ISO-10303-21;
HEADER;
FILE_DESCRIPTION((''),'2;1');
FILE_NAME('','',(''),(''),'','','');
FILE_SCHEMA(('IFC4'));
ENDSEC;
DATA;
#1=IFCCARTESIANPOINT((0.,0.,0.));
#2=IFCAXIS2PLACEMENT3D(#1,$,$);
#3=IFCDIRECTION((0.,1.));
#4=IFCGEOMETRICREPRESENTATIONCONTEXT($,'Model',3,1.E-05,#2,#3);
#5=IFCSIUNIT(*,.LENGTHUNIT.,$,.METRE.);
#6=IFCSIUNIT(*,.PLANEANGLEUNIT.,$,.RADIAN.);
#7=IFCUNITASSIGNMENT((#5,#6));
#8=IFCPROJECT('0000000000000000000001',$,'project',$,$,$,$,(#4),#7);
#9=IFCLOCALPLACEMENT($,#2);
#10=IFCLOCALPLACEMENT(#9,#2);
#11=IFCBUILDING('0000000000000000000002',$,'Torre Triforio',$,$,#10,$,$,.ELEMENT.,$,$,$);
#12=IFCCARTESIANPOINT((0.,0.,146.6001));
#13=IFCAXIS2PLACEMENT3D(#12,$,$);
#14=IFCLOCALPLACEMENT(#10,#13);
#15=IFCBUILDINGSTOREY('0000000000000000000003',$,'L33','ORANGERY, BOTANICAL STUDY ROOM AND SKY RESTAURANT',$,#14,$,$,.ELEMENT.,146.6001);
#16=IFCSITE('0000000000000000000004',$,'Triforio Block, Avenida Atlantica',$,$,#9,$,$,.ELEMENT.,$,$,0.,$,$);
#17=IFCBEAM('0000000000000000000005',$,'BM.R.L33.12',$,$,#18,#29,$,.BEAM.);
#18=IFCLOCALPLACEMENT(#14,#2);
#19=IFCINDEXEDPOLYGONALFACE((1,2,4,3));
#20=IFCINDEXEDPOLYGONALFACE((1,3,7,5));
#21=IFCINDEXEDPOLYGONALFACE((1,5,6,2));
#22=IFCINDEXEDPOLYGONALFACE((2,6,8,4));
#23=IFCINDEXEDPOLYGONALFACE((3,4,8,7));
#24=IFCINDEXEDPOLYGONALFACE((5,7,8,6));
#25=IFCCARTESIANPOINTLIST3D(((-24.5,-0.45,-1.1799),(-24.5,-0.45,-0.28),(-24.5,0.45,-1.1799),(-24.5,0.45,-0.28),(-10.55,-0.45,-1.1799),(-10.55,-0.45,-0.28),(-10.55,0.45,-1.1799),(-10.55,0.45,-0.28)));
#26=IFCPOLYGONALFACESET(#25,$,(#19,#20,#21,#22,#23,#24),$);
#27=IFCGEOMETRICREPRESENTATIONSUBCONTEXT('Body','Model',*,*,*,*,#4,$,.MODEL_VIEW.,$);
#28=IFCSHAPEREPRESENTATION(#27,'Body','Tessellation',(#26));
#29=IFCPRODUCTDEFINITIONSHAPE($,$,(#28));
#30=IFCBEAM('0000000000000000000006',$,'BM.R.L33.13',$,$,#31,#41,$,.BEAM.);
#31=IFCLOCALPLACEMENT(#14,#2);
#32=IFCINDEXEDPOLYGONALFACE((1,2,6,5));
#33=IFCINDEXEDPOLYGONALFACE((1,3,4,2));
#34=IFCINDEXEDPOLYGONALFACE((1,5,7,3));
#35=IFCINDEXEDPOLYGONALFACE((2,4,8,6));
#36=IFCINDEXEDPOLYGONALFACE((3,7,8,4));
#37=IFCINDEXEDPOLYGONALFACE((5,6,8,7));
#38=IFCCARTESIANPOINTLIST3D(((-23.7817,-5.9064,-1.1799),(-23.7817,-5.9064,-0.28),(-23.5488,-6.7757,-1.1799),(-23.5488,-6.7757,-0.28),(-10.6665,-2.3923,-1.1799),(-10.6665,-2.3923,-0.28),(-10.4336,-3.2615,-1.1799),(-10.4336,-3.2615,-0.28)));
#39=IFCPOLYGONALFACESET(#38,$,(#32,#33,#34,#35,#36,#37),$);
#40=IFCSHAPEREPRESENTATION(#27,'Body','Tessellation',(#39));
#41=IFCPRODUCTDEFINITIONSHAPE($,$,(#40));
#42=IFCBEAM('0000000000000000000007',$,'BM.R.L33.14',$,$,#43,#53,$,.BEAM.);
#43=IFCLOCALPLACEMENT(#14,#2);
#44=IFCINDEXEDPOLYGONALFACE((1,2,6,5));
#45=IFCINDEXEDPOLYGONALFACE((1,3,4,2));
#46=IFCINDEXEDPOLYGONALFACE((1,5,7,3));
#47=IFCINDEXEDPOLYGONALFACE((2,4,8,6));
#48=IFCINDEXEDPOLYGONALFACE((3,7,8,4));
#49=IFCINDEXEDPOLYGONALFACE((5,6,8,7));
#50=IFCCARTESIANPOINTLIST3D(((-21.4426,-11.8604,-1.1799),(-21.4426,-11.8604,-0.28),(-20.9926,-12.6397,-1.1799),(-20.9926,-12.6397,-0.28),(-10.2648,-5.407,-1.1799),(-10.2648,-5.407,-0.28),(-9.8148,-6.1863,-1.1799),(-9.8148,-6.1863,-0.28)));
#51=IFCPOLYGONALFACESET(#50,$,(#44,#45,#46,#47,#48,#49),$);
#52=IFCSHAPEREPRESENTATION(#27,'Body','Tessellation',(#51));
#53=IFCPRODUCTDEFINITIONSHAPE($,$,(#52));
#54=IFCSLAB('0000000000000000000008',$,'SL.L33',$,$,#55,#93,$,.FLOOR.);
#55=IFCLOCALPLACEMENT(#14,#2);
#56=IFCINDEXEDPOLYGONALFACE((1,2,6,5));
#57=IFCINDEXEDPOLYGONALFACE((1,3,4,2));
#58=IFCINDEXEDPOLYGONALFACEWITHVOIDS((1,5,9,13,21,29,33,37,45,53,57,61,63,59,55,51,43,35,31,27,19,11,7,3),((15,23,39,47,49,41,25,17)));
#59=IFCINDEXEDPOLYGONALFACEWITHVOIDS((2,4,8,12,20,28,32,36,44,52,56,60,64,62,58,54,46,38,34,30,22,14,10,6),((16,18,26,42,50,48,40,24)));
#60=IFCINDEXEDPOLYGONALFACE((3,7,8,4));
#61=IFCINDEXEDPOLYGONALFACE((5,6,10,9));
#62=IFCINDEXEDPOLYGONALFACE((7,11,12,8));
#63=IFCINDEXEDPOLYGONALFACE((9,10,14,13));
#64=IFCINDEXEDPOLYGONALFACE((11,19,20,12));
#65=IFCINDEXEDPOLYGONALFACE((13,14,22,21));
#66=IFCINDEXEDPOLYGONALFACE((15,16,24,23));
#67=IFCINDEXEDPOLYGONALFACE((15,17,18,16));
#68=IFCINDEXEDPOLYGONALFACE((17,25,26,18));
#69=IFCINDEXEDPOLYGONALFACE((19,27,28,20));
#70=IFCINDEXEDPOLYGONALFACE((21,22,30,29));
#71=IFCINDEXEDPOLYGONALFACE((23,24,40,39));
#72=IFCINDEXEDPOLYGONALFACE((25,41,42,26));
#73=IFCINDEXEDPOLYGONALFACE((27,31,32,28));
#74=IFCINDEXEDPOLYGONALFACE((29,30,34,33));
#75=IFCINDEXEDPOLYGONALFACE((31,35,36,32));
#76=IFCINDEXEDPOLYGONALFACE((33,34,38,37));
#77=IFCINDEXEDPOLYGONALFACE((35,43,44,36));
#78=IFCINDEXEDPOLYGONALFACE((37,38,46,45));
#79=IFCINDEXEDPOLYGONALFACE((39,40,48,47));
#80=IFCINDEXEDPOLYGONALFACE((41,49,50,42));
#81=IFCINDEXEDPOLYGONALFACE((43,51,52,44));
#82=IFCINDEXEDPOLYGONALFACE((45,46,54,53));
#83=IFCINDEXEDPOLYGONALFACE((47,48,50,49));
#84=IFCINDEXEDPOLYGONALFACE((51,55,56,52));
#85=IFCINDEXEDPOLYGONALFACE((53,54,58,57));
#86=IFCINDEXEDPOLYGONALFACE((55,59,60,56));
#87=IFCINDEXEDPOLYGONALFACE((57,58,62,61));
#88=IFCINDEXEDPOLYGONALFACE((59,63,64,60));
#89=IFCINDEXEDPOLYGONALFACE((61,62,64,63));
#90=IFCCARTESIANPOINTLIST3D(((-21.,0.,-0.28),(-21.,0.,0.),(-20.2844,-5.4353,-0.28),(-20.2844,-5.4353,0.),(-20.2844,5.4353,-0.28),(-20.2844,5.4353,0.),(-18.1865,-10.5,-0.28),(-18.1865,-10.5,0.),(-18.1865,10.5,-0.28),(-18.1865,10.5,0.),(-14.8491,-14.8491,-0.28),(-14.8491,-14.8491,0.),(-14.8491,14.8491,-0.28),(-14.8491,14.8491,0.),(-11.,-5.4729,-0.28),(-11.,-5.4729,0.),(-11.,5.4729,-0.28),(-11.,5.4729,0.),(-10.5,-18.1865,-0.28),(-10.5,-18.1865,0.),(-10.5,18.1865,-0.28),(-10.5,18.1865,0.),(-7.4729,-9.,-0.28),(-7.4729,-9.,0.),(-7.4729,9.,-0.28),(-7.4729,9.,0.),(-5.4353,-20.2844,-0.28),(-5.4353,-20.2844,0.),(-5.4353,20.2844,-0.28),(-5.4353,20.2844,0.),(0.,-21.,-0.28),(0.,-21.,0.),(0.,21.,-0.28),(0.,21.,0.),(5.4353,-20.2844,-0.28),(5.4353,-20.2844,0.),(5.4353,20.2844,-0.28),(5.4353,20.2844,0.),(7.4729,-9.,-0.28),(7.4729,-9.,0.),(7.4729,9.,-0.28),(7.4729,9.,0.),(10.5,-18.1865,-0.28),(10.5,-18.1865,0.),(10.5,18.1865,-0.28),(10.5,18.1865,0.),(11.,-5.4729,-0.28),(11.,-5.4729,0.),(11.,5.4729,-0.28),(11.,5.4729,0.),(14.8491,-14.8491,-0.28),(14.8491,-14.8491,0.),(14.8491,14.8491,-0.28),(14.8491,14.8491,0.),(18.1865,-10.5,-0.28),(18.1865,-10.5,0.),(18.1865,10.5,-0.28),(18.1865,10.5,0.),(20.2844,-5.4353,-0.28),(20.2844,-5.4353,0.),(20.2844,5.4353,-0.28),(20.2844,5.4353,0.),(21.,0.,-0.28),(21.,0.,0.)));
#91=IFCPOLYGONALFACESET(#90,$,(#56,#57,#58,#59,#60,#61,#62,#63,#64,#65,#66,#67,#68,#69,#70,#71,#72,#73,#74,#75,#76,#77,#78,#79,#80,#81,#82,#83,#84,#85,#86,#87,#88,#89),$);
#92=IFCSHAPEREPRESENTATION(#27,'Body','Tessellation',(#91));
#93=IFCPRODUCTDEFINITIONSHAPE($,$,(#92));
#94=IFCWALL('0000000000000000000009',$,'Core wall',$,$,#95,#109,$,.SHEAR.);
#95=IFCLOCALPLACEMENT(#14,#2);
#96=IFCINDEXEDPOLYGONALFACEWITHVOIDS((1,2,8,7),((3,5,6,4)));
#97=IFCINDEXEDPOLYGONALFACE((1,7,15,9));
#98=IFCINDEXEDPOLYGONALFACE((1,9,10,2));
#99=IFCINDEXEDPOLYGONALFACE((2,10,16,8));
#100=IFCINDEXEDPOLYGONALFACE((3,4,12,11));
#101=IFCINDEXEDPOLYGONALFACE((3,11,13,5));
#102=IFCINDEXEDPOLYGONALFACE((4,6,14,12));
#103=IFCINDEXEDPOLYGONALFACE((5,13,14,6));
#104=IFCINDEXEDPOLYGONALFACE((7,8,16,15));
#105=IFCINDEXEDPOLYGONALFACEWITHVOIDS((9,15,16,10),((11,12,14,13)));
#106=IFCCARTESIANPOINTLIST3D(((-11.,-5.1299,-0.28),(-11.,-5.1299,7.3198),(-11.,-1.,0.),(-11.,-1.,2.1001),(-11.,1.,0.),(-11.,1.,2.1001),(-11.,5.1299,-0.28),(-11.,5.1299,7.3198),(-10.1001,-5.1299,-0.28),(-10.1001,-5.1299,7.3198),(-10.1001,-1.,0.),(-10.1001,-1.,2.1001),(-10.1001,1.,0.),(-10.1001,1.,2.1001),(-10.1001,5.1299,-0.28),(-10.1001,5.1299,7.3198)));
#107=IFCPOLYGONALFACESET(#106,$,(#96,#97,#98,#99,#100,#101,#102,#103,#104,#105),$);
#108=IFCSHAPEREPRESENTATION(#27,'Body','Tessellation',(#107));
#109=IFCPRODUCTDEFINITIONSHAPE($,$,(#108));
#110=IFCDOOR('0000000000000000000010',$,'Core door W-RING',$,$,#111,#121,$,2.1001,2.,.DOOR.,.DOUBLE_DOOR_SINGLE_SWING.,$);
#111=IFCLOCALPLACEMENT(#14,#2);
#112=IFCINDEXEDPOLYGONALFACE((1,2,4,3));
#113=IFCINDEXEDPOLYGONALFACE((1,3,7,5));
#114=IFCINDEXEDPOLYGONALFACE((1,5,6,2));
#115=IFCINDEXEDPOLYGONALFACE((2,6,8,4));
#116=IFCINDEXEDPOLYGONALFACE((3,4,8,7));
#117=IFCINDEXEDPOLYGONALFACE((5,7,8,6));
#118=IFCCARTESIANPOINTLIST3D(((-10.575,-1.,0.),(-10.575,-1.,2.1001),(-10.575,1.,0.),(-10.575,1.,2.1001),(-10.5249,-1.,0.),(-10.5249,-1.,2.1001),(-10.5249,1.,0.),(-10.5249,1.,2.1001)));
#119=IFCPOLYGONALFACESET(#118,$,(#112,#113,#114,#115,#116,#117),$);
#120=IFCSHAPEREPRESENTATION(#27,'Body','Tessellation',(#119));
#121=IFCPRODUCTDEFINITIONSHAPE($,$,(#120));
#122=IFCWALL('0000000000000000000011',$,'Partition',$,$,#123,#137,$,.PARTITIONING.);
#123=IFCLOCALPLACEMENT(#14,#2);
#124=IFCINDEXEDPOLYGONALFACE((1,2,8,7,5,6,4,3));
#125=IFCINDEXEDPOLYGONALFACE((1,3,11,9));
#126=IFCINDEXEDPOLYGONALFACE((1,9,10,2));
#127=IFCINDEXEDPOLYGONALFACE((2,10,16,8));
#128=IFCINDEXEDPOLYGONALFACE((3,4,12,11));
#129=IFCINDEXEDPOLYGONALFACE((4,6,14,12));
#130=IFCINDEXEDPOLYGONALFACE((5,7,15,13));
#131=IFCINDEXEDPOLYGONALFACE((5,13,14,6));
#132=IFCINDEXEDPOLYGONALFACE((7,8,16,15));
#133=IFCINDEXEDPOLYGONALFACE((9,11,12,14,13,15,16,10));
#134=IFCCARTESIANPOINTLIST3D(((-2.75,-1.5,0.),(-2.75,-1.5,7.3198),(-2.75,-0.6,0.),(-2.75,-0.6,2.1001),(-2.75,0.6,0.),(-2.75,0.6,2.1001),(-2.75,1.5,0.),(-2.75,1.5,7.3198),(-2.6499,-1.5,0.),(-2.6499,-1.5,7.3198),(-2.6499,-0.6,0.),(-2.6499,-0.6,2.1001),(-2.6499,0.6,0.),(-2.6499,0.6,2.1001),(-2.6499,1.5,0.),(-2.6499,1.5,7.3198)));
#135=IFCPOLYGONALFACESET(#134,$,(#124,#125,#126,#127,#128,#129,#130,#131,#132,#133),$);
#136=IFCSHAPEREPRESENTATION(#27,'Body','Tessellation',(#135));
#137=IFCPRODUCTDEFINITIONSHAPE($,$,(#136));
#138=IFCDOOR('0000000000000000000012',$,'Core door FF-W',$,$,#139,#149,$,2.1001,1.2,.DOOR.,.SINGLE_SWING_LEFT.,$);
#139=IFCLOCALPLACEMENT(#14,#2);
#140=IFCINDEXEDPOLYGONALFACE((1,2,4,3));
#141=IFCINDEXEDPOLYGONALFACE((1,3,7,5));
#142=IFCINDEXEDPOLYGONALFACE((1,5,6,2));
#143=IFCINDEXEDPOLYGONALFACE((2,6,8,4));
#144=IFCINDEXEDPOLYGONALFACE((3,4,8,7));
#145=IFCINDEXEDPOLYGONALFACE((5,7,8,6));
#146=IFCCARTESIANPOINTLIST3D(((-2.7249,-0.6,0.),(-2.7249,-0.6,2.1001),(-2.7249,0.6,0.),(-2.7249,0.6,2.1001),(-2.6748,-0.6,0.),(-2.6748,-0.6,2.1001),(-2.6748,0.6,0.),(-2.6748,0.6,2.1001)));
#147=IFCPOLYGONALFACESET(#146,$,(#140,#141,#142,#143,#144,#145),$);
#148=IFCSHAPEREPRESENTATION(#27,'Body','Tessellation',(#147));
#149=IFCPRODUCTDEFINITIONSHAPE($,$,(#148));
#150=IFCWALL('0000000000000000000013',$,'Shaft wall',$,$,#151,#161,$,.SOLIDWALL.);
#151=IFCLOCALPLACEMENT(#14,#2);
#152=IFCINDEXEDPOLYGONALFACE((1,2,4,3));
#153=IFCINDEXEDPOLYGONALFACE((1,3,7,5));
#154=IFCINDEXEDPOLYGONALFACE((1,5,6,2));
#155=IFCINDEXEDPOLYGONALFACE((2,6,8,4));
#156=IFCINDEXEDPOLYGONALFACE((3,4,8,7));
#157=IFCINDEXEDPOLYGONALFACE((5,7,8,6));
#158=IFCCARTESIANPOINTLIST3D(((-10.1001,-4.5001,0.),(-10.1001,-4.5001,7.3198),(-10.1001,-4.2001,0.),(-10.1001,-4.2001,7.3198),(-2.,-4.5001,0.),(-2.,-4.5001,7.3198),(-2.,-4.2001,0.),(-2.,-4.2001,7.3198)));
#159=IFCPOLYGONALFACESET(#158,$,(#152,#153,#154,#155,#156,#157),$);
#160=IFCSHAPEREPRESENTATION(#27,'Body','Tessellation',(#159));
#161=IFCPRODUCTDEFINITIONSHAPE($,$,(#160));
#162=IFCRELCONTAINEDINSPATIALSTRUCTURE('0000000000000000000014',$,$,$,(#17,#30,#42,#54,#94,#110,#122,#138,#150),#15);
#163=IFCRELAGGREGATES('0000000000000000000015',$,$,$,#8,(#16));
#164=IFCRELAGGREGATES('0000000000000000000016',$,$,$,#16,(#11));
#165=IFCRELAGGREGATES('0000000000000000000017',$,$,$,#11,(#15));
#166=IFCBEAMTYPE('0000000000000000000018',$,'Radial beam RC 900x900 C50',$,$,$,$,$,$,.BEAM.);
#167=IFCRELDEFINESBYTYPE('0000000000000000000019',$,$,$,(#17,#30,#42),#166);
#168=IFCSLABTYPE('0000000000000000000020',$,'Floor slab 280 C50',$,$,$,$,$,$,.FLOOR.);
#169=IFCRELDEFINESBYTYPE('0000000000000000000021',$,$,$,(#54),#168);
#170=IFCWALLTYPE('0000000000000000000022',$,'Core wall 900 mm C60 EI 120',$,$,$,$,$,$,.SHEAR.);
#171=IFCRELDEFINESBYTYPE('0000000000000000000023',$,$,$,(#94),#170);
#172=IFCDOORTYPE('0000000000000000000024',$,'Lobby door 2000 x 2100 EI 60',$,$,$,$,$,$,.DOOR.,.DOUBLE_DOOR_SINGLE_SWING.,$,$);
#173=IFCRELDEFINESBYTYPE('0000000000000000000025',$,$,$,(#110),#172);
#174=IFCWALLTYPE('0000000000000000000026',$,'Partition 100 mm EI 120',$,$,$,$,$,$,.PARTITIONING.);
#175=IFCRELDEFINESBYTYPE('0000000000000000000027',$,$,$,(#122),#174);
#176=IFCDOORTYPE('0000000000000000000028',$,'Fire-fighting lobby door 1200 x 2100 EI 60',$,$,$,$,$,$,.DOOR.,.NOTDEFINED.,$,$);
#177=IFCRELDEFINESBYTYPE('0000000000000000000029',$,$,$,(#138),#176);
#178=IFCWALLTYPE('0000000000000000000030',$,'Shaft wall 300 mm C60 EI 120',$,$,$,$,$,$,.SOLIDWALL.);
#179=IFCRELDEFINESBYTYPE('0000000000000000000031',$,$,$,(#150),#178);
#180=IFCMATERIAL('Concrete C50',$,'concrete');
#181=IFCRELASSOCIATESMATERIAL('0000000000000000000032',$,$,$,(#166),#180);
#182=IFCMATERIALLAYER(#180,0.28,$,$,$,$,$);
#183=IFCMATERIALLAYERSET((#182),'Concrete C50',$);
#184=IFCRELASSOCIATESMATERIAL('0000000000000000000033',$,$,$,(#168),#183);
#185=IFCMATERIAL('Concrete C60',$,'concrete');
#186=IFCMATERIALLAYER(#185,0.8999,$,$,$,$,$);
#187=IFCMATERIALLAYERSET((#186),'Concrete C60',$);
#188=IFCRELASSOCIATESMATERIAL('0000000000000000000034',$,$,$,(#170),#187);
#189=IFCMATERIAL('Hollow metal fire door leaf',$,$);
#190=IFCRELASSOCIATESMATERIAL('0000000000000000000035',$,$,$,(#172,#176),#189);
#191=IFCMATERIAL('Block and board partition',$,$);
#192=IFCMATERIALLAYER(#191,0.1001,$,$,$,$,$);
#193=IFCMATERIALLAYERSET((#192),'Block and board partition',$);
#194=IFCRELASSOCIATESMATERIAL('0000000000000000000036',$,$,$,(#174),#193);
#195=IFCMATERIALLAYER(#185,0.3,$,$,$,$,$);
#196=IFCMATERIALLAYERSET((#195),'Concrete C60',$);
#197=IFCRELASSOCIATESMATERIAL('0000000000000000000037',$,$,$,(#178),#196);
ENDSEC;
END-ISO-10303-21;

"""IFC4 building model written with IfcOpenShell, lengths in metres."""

from ifc_helpers import new_model, si_unit, direction, frame, frame_2d, origin, origin_2d, place, context, subcontext, project, spatial, polyline, rectangle, outline, extrude, material, layer, layer_set, material_profile, profile_set, type_object, element, fill, save


model = new_model("IFC4")

# Units and contexts
model_context = context("Model", 3, precision=1e-05, world=origin(), true_north=direction((0.0, 1.0)))
body_context = subcontext(model_context, "Body", "Model", "MODEL_VIEW")
ifc_project = project(units=[si_unit("LENGTHUNIT", "METRE"), si_unit("PLANEANGLEUNIT", "RADIAN")], contexts=[model_context])

# Site, building, storey
site_placement = place(None, origin())
site = spatial("IfcSite", under=ifc_project, at=site_placement, Name="Triforio Block, Avenida Atlantica", CompositionType="ELEMENT", RefElevation=0.0)
building_placement = place(site_placement, origin())
building = spatial("IfcBuilding", under=site, at=building_placement, Name="Torre Triforio", CompositionType="ELEMENT")
storey_placement = place(building_placement, frame((0.0, 0.0, 146.6001)))
storey = spatial("IfcBuildingStorey", under=building, at=storey_placement, Name="L33", Description="ORANGERY, BOTANICAL STUDY ROOM AND SKY RESTAURANT", CompositionType="ELEMENT", Elevation=146.6001)

# Beams
ifc_material_1 = material(Name="Concrete C50", Category="concrete")
ifc_material_profile = material_profile(ifc_material_1, rectangle(XDim=0.8999, YDim=0.8999, at=origin_2d()), Name="RC 900x900")
ifc_profile_set = profile_set([ifc_material_profile], Name="Concrete C50")
beam_type = type_object("IfcBeamType", Name="Radial beam RC 900x900 C50", PredefinedType="BEAM", material=ifc_profile_set)
beam_1_placement = place(storey_placement, frame((-10.55, 0.0, -0.73), z_axis=(-1.0, 0.0, 0.0), x_axis=(0.0, -1.0, 0.0)))
element("IfcBeam", 1, at=beam_1_placement, inside=storey, type_object=beam_type, Name="BM.R.L33.12", PredefinedType="BEAM", context=body_context, shape_type="SweptSolid", body=[
    extrude(rectangle(XDim=0.8999, YDim=0.8999, at=origin_2d()), origin(), (0.0, 0.0, 1.0), 13.95),
])
beam_2_placement = place(storey_placement, frame((-10.55, -2.8269, -0.73), z_axis=(-0.965927, -0.258815, 0.0), x_axis=(0.258815, -0.965927, 0.0)))
element("IfcBeam", 2, at=beam_2_placement, inside=storey, type_object=beam_type, Name="BM.R.L33.13", PredefinedType="BEAM", context=body_context, shape_type="SweptSolid", body=[
    extrude(rectangle(XDim=0.8999, YDim=0.8999, at=origin_2d()), origin(), (0.0, 0.0, 1.0), 13.5779),
])
beam_3_placement = place(storey_placement, frame((-10.0398, -5.7966, -0.73), z_axis=(-0.866029, -0.499994, 0.0), x_axis=(0.499994, -0.866029, 0.0)))
element("IfcBeam", 3, at=beam_3_placement, inside=storey, type_object=beam_type, Name="BM.R.L33.14", PredefinedType="BEAM", context=body_context, shape_type="SweptSolid", body=[
    extrude(rectangle(XDim=0.8999, YDim=0.8999, at=origin_2d()), origin(), (0.0, 0.0, 1.0), 12.907),
])

# Slab
ifc_layer_1 = layer(ifc_material_1, 0.28)
ifc_layer_set_1 = layer_set([ifc_layer_1], Name="Concrete C50")
slab_type = type_object("IfcSlabType", Name="Floor slab 280 C50", PredefinedType="FLOOR", material=ifc_layer_set_1)
slab_placement = place(storey_placement, frame((0.0, 0.0, -0.28)))
element("IfcSlab", 4, at=slab_placement, inside=storey, type_object=slab_type, Name="SL.L33", PredefinedType="FLOOR", context=body_context, shape_type="SweptSolid", body=[
    extrude(outline(polyline([(18.1865, -10.5), (20.2844, -5.4353), (21.0, 0.0), (20.2844, 5.4353), (18.1865, 10.5), (14.8491, 14.8491), (10.5, 18.1865), (5.4353, 20.2844), (0.0, 21.0), (-5.4353, 20.2844), (-10.5, 18.1865), (-14.8491, 14.8491), (-18.1865, 10.5), (-20.2844, 5.4353), (-21.0, 0.0), (-20.2844, -5.4353), (-18.1865, -10.5), (-14.8491, -14.8491), (-10.5, -18.1865), (-5.4353, -20.2844), (0.0, -21.0), (5.4353, -20.2844), (10.5, -18.1865), (14.8491, -14.8491), (18.1865, -10.5)]), holes=[polyline([(11.0, 5.4729), (11.0, -5.4729), (7.4729, -9.0), (-7.4729, -9.0), (-11.0, -5.4729), (-11.0, 5.4729), (-7.4729, 9.0), (7.4729, 9.0), (11.0, 5.4729)])]), origin(), (0.0, 0.0, 1.0), 0.28),
])

# Walls, openings, doors
ifc_material_2 = material(Name="Concrete C60", Category="concrete")
ifc_layer_2 = layer(ifc_material_2, 0.8999)
ifc_layer_set_2 = layer_set([ifc_layer_2], Name="Concrete C60")
wall_type_1 = type_object("IfcWallType", Name="Core wall 900 mm C60 EI 120", PredefinedType="SHEAR", material=ifc_layer_set_2)
wall_1_placement = place(storey_placement, frame((-10.55, -5.1299, -0.28), z_axis=(0.0, 0.0, 1.0), x_axis=(0.0, 1.0, 0.0)))
wall_1 = element("IfcWall", 5, at=wall_1_placement, inside=storey, type_object=wall_type_1, Name="Core wall", PredefinedType="SHEAR", context=body_context, shape_type="SweptSolid", body=[
    extrude(rectangle(XDim=10.2598, YDim=0.8999, at=frame_2d((5.1299, 0.0))), origin(), (0.0, 0.0, 1.0), 7.5999),
])
opening_1_placement = place(wall_1_placement, frame((4.1299, 0.0, 0.28)))
opening_1 = element("IfcOpeningElement", 6, at=opening_1_placement, cuts=wall_1, PredefinedType="OPENING", context=body_context, shape_type="SweptSolid", body=[
    extrude(rectangle(XDim=2.0, YDim=2.1001, at=frame_2d((1.0, 1.05))), frame((0.0, 0.46, 0.0), z_axis=(0.0, -1.0, 0.0), x_axis=(1.0, 0.0, 0.0)), (0.0, 0.0, 1.0), 0.9199),
])
ifc_material_3 = material(Name="Hollow metal fire door leaf")
door_type_1 = type_object("IfcDoorType", Name="Lobby door 2000 x 2100 EI 60", OperationType="DOUBLE_DOOR_SINGLE_SWING", PredefinedType="DOOR", material=ifc_material_3)
door_1_placement = place(opening_1_placement, origin())
door_1 = element("IfcDoor", 7, at=door_1_placement, inside=storey, type_object=door_type_1, Name="Core door W-RING", OperationType="DOUBLE_DOOR_SINGLE_SWING", OverallHeight=2.1001, OverallWidth=2.0, PredefinedType="DOOR", context=body_context, shape_type="SweptSolid", body=[
    extrude(rectangle(XDim=2.0, YDim=2.1001, at=frame_2d((1.0, 1.05))), frame((0.0, 0.0249, 0.0), z_axis=(0.0, -1.0, 0.0), x_axis=(1.0, 0.0, 0.0)), (0.0, 0.0, 1.0), 0.05),
])
fill(opening_1, door_1)
ifc_material_4 = material(Name="Block and board partition")
ifc_layer_3 = layer(ifc_material_4, 0.1001)
ifc_layer_set_3 = layer_set([ifc_layer_3], Name="Block and board partition")
wall_type_2 = type_object("IfcWallType", Name="Partition 100 mm EI 120", PredefinedType="PARTITIONING", material=ifc_layer_set_3)
wall_2_placement = place(storey_placement, frame((-2.7, -1.5, 0.0), z_axis=(0.0, 0.0, 1.0), x_axis=(0.0, 1.0, 0.0)))
wall_2 = element("IfcWall", 8, at=wall_2_placement, inside=storey, type_object=wall_type_2, Name="Partition", PredefinedType="PARTITIONING", context=body_context, shape_type="SweptSolid", body=[
    extrude(rectangle(XDim=3.0, YDim=0.1001, at=frame_2d((1.5, 0.0))), origin(), (0.0, 0.0, 1.0), 7.3198),
])
opening_2_placement = place(wall_2_placement, frame((0.8999, 0.0, 0.0)))
opening_2 = element("IfcOpeningElement", 9, at=opening_2_placement, cuts=wall_2, PredefinedType="OPENING", context=body_context, shape_type="SweptSolid", body=[
    extrude(rectangle(XDim=1.2, YDim=2.1001, at=frame_2d((0.6001, 1.05))), frame((0.0, 0.0601, 0.0), z_axis=(0.0, -1.0, 0.0), x_axis=(1.0, 0.0, 0.0)), (0.0, 0.0, 1.0), 0.1201),
])
door_type_2 = type_object("IfcDoorType", Name="Fire-fighting lobby door 1200 x 2100 EI 60", OperationType="NOTDEFINED", PredefinedType="DOOR", material=ifc_material_3)
door_2_placement = place(opening_2_placement, origin())
door_2 = element("IfcDoor", 10, at=door_2_placement, inside=storey, type_object=door_type_2, Name="Core door FF-W", OperationType="SINGLE_SWING_LEFT", OverallHeight=2.1001, OverallWidth=1.2, PredefinedType="DOOR", context=body_context, shape_type="SweptSolid", body=[
    extrude(rectangle(XDim=1.2, YDim=2.1001, at=frame_2d((0.6001, 1.05))), frame((0.0, 0.0249, 0.0), z_axis=(0.0, -1.0, 0.0), x_axis=(1.0, 0.0, 0.0)), (0.0, 0.0, 1.0), 0.05),
])
fill(opening_2, door_2)

# Wall
ifc_layer_4 = layer(ifc_material_2, 0.3)
ifc_layer_set_4 = layer_set([ifc_layer_4], Name="Concrete C60")
wall_type_3 = type_object("IfcWallType", Name="Shaft wall 300 mm C60 EI 120", PredefinedType="SOLIDWALL", material=ifc_layer_set_4)
wall_3_placement = place(storey_placement, frame((-10.1001, -4.3501, 0.0), z_axis=(0.0, 0.0, 1.0), x_axis=(1.0, 0.0, 0.0)))
element("IfcWall", 11, at=wall_3_placement, inside=storey, type_object=wall_type_3, Name="Shaft wall", PredefinedType="SOLIDWALL", context=body_context, shape_type="SweptSolid", body=[
    extrude(rectangle(XDim=8.1001, YDim=0.3, at=frame_2d((4.05, 0.0))), origin(), (0.0, 0.0, 1.0), 7.3198),
])

save(model, "model.ifc")
